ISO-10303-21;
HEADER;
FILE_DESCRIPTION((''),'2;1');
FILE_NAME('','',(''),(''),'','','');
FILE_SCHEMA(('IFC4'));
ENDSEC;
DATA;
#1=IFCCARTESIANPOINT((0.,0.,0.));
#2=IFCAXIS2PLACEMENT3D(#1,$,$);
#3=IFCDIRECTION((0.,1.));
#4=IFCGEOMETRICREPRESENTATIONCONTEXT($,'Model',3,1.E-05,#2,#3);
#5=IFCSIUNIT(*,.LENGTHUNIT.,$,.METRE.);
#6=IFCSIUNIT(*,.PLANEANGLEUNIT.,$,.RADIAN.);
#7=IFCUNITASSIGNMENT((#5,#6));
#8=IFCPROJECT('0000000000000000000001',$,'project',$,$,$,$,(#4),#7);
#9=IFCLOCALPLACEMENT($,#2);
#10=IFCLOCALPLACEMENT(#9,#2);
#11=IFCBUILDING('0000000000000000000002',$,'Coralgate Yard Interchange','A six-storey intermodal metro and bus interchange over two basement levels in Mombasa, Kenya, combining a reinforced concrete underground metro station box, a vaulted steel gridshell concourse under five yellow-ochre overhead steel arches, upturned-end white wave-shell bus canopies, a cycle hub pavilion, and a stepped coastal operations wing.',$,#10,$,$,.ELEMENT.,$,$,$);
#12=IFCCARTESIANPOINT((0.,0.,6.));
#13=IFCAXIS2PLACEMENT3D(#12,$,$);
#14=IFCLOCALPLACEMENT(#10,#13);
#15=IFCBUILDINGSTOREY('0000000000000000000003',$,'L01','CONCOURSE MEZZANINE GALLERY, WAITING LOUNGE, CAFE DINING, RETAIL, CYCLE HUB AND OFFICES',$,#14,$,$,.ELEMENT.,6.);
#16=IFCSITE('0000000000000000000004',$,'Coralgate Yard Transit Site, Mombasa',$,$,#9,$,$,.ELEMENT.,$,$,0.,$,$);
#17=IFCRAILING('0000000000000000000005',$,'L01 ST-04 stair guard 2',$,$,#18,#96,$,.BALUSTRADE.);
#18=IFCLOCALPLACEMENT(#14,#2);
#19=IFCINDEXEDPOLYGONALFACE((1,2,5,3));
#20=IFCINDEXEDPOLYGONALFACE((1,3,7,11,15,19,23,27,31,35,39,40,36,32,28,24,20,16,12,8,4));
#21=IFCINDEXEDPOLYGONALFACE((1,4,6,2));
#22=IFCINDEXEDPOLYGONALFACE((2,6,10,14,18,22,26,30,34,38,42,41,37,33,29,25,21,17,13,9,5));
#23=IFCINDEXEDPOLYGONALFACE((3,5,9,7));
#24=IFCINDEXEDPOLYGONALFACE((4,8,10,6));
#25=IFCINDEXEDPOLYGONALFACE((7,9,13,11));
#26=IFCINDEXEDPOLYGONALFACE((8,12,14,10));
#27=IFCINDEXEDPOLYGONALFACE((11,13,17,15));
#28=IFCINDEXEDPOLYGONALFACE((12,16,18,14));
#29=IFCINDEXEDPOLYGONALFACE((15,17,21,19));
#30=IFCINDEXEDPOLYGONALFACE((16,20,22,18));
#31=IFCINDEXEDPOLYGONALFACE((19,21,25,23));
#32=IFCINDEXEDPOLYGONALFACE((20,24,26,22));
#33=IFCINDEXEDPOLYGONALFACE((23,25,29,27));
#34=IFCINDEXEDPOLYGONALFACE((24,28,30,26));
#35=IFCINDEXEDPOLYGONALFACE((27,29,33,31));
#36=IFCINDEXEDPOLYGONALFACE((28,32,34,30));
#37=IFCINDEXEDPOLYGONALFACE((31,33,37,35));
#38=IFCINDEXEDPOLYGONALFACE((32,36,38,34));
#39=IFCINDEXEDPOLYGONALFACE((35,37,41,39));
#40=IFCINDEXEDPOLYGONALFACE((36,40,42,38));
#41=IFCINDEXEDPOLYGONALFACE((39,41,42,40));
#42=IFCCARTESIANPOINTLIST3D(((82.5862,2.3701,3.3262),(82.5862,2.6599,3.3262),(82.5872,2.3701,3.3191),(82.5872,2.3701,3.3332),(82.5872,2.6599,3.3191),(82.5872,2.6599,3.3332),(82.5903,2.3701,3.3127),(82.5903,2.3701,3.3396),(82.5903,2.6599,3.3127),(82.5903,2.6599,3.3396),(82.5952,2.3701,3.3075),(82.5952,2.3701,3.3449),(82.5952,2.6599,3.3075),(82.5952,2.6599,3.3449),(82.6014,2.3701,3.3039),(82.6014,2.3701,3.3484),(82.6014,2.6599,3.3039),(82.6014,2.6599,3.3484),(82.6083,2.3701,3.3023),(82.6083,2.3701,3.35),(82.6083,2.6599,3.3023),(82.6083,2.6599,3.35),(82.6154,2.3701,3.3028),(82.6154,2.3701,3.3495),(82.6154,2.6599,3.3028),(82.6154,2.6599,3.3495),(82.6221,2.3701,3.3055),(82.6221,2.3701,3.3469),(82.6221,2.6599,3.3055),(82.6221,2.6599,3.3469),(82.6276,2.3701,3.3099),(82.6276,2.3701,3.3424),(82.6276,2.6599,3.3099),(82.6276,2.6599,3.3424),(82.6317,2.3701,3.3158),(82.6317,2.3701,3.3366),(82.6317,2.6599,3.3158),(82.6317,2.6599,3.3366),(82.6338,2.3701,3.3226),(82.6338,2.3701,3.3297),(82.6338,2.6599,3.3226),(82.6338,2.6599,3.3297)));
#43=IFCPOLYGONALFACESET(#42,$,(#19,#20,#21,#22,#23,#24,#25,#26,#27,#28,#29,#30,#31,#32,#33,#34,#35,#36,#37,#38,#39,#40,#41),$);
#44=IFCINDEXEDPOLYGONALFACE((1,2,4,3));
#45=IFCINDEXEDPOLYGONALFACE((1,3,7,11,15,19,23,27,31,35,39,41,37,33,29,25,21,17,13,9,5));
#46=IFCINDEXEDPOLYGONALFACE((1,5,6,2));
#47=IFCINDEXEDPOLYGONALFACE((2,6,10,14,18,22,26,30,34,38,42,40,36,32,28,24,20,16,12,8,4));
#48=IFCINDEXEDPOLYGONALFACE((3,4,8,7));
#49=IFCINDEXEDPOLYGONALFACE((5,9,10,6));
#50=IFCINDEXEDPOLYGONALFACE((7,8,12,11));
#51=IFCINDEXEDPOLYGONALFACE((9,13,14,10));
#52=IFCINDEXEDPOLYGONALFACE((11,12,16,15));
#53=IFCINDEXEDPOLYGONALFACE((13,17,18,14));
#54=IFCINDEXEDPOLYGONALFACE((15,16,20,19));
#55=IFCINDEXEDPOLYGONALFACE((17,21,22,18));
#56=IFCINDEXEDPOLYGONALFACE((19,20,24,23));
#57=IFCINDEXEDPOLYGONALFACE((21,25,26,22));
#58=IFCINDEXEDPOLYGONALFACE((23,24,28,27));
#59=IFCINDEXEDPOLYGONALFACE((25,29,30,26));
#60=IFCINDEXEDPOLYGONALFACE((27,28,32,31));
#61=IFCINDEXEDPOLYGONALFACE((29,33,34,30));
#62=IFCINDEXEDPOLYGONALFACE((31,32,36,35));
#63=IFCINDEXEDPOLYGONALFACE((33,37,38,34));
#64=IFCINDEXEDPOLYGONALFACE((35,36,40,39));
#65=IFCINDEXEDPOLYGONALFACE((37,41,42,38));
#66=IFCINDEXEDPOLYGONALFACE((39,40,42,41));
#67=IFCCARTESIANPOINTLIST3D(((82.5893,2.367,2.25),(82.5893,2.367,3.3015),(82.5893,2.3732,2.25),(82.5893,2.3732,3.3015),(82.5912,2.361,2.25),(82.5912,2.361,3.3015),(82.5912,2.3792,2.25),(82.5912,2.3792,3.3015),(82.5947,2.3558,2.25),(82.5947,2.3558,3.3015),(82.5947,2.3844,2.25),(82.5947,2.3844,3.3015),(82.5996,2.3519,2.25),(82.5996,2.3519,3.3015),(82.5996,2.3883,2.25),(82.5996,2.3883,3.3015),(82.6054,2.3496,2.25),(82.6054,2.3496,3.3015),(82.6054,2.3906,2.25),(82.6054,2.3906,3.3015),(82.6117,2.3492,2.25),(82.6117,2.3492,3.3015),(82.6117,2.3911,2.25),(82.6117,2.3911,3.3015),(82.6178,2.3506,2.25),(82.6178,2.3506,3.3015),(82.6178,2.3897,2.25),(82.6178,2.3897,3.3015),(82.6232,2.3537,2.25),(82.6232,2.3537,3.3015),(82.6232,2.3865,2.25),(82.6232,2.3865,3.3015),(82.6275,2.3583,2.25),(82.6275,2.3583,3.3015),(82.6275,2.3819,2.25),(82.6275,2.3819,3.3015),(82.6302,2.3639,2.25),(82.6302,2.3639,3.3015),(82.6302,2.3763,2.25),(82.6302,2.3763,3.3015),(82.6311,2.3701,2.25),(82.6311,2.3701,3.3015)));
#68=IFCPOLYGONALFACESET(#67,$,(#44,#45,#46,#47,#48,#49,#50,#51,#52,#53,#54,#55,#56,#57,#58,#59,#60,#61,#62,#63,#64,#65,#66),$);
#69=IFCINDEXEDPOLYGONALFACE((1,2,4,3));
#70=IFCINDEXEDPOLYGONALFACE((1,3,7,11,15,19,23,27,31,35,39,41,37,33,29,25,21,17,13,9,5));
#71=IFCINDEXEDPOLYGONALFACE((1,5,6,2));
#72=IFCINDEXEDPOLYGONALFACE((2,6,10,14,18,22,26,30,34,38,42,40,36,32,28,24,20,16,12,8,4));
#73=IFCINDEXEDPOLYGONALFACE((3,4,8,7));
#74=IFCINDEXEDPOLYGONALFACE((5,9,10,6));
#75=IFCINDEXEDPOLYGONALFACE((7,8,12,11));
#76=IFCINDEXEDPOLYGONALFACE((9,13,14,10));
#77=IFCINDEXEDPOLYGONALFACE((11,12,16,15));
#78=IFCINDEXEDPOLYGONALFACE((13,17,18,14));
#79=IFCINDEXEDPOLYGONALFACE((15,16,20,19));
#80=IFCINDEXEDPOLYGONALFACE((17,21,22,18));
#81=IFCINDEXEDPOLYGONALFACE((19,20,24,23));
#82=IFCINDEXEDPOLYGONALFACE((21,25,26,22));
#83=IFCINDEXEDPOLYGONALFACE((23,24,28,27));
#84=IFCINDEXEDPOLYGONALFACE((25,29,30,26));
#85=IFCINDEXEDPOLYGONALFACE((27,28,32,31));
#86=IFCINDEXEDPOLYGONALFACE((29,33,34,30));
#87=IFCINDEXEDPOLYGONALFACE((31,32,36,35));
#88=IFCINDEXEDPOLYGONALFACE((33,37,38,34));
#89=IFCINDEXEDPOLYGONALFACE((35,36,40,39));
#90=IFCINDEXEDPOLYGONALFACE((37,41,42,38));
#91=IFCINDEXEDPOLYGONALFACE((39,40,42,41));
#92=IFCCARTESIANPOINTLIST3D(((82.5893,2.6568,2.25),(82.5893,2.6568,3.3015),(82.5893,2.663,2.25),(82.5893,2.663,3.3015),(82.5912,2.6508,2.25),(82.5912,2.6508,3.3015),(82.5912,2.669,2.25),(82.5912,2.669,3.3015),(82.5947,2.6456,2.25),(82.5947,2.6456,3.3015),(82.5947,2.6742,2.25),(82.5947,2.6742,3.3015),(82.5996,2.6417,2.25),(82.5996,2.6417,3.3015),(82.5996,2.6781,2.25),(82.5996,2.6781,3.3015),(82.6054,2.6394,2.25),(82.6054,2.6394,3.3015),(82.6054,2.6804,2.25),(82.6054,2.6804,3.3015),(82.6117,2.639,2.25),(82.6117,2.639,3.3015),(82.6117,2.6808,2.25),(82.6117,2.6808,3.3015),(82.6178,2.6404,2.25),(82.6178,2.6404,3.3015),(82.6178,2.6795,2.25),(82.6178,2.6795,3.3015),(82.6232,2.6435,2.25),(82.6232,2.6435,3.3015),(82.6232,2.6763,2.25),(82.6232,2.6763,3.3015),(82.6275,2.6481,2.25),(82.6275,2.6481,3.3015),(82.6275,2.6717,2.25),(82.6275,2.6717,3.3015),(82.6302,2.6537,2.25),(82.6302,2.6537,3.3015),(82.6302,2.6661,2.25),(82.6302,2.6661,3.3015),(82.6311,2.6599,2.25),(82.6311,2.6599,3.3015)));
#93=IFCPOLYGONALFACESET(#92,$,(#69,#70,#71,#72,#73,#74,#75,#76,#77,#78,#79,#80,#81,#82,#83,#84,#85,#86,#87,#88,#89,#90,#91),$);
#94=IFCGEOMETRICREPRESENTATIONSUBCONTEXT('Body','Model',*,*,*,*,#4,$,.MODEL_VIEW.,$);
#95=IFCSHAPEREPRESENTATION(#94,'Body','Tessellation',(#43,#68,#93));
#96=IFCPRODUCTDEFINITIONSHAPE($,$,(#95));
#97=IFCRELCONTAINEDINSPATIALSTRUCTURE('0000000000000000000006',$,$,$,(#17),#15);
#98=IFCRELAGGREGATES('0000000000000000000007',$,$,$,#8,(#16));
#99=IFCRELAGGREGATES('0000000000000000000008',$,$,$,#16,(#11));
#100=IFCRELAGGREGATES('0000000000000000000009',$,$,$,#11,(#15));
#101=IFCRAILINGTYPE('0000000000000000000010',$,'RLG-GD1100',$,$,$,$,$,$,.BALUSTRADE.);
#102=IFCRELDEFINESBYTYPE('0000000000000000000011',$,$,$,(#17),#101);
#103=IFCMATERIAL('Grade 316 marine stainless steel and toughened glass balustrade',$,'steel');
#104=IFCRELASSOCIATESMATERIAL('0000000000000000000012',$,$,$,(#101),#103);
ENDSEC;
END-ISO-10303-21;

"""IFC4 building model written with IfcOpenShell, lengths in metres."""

from ifc_helpers import new_model, si_unit, direction, frame, origin, origin_2d, place, context, subcontext, project, spatial, circle, extrude, material, type_object, element, save


model = new_model("IFC4")

# Units and contexts
model_context = context("Model", 3, precision=1e-05, world=origin(), true_north=direction((0.0, 1.0)))
body_context = subcontext(model_context, "Body", "Model", "MODEL_VIEW")
ifc_project = project(units=[si_unit("LENGTHUNIT", "METRE"), si_unit("PLANEANGLEUNIT", "RADIAN")], contexts=[model_context])

# Site, building, storey
site_placement = place(None, origin())
site = spatial("IfcSite", under=ifc_project, at=site_placement, Name="Coralgate Yard Transit Site, Mombasa", CompositionType="ELEMENT", RefElevation=0.0)
building_placement = place(site_placement, origin())
building = spatial("IfcBuilding", under=site, at=building_placement, Name="Coralgate Yard Interchange", Description="A six-storey intermodal metro and bus interchange over two basement levels in Mombasa, Kenya, combining a reinforced concrete underground metro station box, a vaulted steel gridshell concourse under five yellow-ochre overhead steel arches, upturned-end white wave-shell bus canopies, a cycle hub pavilion, and a stepped coastal operations wing.", CompositionType="ELEMENT")
storey_placement = place(building_placement, frame((0.0, 0.0, 6.0)))
storey = spatial("IfcBuildingStorey", under=building, at=storey_placement, Name="L01", Description="CONCOURSE MEZZANINE GALLERY, WAITING LOUNGE, CAFE DINING, RETAIL, CYCLE HUB AND OFFICES", CompositionType="ELEMENT", Elevation=6.0)

# Railing
ifc_material_1 = material(Name="Grade 316 marine stainless steel and toughened glass balustrade", Category="steel")
railing_type_1 = type_object("IfcRailingType", Name="RLG-GD1100", PredefinedType="BALUSTRADE", material=ifc_material_1)
railing_1_placement = place(storey_placement, frame((82.6101, 2.3701, 2.25)))
element("IfcRailing", 1, at=railing_1_placement, inside=storey, type_object=railing_type_1, Name="L01 ST-04 stair guard 2", PredefinedType="BALUSTRADE", context=body_context, shape_type="SweptSolid", body=[
    extrude(circle(Radius=0.0239, at=origin_2d()), frame((0.0, 0.0, 1.0762), z_axis=(0.0, 1.0, 0.0), x_axis=(-1.0, 0.0, 0.0)), (0.0, 0.0, 1.0), 0.2898),
    extrude(circle(Radius=0.021, at=origin_2d()), origin(), (0.0, 0.0, 1.0), 1.0515),
    extrude(circle(Radius=0.021, at=origin_2d()), frame((0.0, 0.2898, 0.0)), (0.0, 0.0, 1.0), 1.0515),
])

save(model, "model.ifc")
